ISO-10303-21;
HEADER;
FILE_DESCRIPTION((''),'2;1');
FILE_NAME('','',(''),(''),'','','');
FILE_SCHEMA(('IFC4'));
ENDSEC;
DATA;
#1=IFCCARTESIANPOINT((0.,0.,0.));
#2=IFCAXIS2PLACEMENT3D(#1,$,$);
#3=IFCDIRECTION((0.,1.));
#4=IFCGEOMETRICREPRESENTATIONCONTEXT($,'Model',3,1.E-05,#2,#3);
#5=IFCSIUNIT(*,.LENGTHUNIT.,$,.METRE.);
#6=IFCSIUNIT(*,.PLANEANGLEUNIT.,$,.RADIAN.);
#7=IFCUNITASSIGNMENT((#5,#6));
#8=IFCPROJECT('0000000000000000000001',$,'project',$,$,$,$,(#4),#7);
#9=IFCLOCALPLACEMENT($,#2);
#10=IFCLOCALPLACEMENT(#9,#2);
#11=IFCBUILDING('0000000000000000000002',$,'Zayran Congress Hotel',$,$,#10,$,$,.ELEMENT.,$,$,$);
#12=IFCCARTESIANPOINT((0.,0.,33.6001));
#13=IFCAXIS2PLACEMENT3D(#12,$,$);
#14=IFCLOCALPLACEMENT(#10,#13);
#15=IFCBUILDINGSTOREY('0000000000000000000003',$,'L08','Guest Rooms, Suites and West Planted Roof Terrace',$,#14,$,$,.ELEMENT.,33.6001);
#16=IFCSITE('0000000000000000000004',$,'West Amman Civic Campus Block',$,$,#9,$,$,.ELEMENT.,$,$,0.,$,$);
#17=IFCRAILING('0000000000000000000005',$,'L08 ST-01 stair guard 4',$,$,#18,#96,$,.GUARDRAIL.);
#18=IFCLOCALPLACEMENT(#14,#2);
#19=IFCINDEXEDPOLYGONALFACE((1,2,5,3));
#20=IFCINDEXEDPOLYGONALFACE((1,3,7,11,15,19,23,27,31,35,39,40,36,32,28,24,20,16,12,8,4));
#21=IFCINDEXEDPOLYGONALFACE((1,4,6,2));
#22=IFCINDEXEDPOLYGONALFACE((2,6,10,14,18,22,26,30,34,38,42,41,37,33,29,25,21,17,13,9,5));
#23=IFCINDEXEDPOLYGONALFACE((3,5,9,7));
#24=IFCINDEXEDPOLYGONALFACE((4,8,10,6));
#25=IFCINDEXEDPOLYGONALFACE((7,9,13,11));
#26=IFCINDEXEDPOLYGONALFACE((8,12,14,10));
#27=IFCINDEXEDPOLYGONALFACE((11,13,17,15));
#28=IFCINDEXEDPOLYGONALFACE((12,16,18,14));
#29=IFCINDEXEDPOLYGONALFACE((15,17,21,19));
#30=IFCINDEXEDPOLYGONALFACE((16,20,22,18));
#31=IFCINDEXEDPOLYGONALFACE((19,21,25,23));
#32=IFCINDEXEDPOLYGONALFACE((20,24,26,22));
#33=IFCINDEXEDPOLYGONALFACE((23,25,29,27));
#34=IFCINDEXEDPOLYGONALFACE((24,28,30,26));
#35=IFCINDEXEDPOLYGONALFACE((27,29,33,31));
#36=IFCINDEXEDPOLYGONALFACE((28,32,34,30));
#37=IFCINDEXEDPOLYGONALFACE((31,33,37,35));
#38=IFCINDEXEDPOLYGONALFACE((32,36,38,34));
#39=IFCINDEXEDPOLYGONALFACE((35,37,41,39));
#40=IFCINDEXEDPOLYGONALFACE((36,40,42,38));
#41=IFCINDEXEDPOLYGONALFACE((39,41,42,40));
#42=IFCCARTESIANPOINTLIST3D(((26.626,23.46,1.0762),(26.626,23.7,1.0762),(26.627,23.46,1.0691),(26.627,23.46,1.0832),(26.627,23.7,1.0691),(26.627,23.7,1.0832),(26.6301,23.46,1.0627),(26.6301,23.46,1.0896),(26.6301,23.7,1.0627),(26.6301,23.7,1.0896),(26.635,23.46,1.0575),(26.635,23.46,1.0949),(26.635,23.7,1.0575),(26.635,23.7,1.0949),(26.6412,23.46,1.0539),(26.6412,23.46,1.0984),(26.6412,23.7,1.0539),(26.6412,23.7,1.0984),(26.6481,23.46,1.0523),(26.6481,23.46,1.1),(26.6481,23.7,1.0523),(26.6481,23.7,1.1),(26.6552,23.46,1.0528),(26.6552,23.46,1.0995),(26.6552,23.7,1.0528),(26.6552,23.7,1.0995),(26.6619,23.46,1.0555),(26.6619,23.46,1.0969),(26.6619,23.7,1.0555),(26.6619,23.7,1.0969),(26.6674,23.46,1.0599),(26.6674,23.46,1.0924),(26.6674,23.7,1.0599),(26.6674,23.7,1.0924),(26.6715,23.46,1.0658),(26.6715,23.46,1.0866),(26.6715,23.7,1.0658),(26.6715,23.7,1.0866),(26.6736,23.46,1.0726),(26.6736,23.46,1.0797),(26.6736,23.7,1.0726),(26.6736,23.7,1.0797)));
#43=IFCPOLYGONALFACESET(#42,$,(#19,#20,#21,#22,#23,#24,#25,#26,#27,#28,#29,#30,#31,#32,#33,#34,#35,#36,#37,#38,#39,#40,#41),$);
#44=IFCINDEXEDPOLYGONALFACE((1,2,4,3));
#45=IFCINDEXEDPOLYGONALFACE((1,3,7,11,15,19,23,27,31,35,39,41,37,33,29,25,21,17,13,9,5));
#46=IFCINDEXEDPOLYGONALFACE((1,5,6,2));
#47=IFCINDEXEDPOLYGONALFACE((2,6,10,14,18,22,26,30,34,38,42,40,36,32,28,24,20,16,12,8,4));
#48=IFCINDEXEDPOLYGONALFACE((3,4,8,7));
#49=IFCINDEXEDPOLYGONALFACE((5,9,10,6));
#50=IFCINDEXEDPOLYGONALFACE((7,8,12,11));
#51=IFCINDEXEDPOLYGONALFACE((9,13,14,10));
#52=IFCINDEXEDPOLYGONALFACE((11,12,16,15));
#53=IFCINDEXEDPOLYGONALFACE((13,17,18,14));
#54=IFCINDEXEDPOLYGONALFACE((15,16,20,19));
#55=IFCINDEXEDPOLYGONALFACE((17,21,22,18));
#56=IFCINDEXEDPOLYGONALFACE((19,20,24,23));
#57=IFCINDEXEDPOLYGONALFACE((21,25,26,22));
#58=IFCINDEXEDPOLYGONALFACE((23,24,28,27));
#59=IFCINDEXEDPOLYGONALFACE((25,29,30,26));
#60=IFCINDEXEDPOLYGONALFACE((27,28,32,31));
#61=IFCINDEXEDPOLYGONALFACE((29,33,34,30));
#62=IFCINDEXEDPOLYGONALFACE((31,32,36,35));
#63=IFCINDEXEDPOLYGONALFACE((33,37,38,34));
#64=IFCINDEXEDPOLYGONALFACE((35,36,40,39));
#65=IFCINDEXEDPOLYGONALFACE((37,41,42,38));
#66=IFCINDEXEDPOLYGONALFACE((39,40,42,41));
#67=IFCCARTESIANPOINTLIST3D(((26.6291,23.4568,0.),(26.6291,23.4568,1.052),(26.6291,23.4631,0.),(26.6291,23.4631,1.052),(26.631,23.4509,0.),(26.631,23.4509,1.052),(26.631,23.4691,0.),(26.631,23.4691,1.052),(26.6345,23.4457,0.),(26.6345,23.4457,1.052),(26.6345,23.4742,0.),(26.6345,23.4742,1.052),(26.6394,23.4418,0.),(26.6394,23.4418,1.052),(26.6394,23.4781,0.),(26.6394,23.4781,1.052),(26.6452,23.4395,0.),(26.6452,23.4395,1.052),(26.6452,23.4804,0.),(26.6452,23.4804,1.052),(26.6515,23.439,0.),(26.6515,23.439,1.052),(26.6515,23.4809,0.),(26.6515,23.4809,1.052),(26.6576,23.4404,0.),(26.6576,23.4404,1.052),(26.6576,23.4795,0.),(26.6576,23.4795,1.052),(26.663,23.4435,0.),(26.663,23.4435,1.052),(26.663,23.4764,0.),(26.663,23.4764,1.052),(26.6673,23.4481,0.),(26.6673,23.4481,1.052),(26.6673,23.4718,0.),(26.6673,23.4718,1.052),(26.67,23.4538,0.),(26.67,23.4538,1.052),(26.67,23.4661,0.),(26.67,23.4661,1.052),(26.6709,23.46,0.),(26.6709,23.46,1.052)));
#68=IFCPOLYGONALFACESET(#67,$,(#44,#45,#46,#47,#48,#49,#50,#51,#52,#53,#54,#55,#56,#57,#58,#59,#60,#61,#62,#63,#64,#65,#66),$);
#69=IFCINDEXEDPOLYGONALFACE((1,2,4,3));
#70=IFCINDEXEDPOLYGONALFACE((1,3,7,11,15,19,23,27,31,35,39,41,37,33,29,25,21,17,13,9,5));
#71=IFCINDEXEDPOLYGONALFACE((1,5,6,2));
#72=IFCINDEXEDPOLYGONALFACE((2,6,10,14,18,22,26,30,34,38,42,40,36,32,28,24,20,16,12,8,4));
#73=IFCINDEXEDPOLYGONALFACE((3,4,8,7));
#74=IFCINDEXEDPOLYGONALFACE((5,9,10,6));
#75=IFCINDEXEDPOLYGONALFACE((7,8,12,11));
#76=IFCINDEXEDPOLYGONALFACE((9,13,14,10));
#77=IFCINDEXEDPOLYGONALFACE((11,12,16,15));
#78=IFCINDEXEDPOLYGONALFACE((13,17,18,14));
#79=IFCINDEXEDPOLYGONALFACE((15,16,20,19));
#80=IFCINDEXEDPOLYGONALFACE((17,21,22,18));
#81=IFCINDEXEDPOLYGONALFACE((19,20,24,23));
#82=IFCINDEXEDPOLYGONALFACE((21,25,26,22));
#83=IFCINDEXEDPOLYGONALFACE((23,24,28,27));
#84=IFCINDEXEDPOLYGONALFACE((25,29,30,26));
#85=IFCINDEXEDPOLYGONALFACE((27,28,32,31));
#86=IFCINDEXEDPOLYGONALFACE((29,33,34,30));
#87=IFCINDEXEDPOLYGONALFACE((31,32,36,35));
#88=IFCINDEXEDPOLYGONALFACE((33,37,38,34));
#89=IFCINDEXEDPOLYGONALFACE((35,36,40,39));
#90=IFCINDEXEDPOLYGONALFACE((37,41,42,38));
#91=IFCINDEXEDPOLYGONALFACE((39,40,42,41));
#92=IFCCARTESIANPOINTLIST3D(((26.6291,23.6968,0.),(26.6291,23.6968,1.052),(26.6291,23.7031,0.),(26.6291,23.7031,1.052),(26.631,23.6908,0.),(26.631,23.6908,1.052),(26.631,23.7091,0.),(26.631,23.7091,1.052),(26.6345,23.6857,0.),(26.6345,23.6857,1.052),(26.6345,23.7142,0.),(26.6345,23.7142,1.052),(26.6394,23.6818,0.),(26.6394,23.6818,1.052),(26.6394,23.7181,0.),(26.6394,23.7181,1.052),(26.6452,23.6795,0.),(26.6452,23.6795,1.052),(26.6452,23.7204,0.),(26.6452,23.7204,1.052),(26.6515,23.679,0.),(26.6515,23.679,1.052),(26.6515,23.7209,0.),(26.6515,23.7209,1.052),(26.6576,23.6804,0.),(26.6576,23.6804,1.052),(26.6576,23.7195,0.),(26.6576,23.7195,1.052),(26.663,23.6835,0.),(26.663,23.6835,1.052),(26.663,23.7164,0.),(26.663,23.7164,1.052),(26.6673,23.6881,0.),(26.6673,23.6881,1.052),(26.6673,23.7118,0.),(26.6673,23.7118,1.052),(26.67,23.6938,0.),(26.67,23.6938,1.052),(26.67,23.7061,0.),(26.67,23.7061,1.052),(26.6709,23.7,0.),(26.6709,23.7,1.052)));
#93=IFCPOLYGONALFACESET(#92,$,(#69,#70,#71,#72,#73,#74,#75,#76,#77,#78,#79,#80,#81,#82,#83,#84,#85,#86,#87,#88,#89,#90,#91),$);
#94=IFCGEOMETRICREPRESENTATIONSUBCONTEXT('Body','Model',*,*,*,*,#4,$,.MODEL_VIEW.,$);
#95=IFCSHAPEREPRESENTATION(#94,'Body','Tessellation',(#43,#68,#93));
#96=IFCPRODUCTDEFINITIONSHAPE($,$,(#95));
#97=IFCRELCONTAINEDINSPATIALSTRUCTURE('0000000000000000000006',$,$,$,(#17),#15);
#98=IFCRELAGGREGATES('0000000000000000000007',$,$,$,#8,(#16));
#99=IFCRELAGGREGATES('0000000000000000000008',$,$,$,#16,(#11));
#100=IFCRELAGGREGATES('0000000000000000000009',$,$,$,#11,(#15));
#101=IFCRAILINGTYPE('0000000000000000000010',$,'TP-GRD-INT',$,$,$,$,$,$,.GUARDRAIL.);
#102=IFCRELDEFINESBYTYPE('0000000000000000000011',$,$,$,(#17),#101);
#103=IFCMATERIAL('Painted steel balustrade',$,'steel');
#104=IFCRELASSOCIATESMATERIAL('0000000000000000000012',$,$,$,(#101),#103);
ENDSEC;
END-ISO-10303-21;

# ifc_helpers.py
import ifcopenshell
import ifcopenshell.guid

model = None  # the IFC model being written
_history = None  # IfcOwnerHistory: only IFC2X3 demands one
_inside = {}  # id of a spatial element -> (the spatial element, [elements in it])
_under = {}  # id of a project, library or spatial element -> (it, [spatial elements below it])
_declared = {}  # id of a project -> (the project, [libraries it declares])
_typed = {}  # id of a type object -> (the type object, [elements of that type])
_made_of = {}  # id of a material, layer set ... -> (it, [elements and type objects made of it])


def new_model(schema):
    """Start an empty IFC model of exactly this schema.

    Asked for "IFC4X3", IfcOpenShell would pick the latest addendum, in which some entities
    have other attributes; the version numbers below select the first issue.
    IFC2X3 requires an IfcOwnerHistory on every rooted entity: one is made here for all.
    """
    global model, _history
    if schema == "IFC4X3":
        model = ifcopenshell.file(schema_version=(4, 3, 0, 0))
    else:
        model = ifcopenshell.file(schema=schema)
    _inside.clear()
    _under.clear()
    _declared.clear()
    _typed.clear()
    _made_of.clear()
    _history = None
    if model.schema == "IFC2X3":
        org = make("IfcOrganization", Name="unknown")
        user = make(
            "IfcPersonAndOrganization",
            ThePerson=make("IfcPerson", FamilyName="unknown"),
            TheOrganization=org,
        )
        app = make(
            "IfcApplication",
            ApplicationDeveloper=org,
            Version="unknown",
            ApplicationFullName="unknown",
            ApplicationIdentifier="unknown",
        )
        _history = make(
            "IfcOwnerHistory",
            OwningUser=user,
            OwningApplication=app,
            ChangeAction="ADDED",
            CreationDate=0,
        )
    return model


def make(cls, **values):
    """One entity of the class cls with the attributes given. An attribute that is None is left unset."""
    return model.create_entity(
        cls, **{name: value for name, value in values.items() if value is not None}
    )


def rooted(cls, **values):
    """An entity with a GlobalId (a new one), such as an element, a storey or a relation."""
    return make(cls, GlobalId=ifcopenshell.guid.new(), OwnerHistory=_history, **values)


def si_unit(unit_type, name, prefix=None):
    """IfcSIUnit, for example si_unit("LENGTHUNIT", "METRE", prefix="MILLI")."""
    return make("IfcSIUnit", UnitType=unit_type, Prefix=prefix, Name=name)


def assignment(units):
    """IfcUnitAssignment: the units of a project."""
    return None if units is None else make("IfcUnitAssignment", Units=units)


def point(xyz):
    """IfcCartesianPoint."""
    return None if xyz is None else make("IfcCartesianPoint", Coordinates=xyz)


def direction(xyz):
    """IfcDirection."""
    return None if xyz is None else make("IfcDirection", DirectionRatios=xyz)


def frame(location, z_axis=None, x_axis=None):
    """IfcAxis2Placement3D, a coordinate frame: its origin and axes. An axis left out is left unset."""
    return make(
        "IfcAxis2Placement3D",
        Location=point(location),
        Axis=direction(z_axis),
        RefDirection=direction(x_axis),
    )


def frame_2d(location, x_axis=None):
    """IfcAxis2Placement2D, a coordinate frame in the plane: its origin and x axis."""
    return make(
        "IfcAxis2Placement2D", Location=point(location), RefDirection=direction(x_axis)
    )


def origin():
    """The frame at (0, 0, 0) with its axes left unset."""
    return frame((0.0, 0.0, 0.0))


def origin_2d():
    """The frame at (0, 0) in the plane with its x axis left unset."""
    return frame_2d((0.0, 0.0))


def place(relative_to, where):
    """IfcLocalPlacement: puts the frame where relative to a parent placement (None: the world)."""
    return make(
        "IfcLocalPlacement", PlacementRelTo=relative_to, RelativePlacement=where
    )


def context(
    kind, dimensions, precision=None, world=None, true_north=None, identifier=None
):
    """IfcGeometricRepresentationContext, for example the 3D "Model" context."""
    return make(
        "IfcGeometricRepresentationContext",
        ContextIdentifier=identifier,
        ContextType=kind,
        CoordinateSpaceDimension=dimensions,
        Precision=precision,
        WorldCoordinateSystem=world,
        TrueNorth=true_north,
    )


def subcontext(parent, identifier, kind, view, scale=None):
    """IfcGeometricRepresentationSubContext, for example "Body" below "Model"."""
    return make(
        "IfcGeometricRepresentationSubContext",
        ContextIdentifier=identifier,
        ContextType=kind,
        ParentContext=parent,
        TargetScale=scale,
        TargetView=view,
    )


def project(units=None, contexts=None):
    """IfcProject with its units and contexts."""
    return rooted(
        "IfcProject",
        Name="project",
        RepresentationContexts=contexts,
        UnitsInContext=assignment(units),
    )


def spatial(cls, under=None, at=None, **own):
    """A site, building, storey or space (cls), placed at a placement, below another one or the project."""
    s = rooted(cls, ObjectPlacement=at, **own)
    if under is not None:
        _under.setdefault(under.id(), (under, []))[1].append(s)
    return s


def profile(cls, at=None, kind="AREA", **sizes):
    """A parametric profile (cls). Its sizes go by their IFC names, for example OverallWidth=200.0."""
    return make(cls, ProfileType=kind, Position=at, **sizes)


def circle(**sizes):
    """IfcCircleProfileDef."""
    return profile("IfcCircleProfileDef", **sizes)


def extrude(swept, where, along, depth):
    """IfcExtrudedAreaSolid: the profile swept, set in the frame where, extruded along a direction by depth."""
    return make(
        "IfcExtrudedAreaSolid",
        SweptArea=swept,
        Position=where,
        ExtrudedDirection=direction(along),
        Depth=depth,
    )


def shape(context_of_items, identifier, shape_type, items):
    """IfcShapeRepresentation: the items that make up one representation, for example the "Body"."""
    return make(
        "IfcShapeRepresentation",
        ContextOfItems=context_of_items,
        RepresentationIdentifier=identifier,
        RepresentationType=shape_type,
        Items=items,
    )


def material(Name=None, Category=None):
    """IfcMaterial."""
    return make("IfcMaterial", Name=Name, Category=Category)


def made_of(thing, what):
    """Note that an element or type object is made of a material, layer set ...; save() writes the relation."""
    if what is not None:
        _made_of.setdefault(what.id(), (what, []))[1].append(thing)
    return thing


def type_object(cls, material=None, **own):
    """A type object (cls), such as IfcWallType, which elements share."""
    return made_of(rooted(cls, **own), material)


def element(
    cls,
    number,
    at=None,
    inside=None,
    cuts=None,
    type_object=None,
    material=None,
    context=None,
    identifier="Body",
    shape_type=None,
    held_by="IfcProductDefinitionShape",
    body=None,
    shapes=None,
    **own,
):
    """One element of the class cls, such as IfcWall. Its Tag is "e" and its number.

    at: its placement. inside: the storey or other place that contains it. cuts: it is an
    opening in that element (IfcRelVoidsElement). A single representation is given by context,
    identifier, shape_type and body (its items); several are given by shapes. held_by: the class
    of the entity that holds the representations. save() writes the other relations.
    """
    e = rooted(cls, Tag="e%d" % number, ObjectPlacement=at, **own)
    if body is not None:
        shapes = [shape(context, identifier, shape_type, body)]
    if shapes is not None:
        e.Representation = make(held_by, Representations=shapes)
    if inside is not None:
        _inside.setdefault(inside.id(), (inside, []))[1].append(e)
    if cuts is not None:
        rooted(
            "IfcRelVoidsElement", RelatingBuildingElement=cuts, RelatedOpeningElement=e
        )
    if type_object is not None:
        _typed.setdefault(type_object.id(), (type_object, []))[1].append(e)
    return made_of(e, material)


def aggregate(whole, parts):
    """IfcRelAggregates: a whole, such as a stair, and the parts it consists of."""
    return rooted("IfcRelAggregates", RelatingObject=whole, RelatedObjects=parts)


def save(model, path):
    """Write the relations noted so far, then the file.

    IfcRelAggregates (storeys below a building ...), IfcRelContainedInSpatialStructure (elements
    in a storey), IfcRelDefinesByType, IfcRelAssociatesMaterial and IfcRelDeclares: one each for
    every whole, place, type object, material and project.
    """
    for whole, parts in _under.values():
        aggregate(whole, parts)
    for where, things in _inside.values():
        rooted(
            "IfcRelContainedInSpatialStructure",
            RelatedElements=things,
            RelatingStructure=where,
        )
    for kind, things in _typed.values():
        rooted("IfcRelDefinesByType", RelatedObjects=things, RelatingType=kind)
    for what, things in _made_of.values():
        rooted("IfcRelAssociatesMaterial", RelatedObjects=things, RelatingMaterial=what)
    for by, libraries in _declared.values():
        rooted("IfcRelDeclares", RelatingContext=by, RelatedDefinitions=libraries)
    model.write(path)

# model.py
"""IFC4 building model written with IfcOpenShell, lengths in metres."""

from ifc_helpers import new_model, si_unit, direction, frame, origin, origin_2d, place, context, subcontext, project, spatial, circle, extrude, material, type_object, element, save


model = new_model("IFC4")

# Units and contexts
model_context = context("Model", 3, precision=1e-05, world=origin(), true_north=direction((0.0, 1.0)))
body_context = subcontext(model_context, "Body", "Model", "MODEL_VIEW")
ifc_project = project(units=[si_unit("LENGTHUNIT", "METRE"), si_unit("PLANEANGLEUNIT", "RADIAN")], contexts=[model_context])

# Site, building, storey
site_placement = place(None, origin())
site = spatial("IfcSite", under=ifc_project, at=site_placement, Name="West Amman Civic Campus Block", CompositionType="ELEMENT", RefElevation=0.0)
building_placement = place(site_placement, origin())
building = spatial("IfcBuilding", under=site, at=building_placement, Name="Zayran Congress Hotel", CompositionType="ELEMENT")
storey_placement = place(building_placement, frame((0.0, 0.0, 33.6001)))
storey = spatial("IfcBuildingStorey", under=building, at=storey_placement, Name="L08", Description="Guest Rooms, Suites and West Planted Roof Terrace", CompositionType="ELEMENT", Elevation=33.6001)

# Railing
ifc_material_1 = material(Name="Painted steel balustrade", Category="steel")
railing_type_1 = type_object("IfcRailingType", Name="TP-GRD-INT", PredefinedType="GUARDRAIL", material=ifc_material_1)
railing_1_placement = place(storey_placement, frame((26.6499, 23.46, 0.0)))
element("IfcRailing", 1, at=railing_1_placement, inside=storey, type_object=railing_type_1, Name="L08 ST-01 stair guard 4", PredefinedType="GUARDRAIL", context=body_context, shape_type="SweptSolid", body=[
    extrude(circle(Radius=0.0239, at=origin_2d()), frame((0.0, 0.0, 1.0762), z_axis=(0.0, 1.0, 0.0), x_axis=(-1.0, 0.0, 0.0)), (0.0, 0.0, 1.0), 0.24),
    extrude(circle(Radius=0.021, at=origin_2d()), origin(), (0.0, 0.0, 1.0), 1.052),
    extrude(circle(Radius=0.021, at=origin_2d()), frame((0.0, 0.24, 0.0)), (0.0, 0.0, 1.0), 1.052),
])

save(model, "model.ifc")
